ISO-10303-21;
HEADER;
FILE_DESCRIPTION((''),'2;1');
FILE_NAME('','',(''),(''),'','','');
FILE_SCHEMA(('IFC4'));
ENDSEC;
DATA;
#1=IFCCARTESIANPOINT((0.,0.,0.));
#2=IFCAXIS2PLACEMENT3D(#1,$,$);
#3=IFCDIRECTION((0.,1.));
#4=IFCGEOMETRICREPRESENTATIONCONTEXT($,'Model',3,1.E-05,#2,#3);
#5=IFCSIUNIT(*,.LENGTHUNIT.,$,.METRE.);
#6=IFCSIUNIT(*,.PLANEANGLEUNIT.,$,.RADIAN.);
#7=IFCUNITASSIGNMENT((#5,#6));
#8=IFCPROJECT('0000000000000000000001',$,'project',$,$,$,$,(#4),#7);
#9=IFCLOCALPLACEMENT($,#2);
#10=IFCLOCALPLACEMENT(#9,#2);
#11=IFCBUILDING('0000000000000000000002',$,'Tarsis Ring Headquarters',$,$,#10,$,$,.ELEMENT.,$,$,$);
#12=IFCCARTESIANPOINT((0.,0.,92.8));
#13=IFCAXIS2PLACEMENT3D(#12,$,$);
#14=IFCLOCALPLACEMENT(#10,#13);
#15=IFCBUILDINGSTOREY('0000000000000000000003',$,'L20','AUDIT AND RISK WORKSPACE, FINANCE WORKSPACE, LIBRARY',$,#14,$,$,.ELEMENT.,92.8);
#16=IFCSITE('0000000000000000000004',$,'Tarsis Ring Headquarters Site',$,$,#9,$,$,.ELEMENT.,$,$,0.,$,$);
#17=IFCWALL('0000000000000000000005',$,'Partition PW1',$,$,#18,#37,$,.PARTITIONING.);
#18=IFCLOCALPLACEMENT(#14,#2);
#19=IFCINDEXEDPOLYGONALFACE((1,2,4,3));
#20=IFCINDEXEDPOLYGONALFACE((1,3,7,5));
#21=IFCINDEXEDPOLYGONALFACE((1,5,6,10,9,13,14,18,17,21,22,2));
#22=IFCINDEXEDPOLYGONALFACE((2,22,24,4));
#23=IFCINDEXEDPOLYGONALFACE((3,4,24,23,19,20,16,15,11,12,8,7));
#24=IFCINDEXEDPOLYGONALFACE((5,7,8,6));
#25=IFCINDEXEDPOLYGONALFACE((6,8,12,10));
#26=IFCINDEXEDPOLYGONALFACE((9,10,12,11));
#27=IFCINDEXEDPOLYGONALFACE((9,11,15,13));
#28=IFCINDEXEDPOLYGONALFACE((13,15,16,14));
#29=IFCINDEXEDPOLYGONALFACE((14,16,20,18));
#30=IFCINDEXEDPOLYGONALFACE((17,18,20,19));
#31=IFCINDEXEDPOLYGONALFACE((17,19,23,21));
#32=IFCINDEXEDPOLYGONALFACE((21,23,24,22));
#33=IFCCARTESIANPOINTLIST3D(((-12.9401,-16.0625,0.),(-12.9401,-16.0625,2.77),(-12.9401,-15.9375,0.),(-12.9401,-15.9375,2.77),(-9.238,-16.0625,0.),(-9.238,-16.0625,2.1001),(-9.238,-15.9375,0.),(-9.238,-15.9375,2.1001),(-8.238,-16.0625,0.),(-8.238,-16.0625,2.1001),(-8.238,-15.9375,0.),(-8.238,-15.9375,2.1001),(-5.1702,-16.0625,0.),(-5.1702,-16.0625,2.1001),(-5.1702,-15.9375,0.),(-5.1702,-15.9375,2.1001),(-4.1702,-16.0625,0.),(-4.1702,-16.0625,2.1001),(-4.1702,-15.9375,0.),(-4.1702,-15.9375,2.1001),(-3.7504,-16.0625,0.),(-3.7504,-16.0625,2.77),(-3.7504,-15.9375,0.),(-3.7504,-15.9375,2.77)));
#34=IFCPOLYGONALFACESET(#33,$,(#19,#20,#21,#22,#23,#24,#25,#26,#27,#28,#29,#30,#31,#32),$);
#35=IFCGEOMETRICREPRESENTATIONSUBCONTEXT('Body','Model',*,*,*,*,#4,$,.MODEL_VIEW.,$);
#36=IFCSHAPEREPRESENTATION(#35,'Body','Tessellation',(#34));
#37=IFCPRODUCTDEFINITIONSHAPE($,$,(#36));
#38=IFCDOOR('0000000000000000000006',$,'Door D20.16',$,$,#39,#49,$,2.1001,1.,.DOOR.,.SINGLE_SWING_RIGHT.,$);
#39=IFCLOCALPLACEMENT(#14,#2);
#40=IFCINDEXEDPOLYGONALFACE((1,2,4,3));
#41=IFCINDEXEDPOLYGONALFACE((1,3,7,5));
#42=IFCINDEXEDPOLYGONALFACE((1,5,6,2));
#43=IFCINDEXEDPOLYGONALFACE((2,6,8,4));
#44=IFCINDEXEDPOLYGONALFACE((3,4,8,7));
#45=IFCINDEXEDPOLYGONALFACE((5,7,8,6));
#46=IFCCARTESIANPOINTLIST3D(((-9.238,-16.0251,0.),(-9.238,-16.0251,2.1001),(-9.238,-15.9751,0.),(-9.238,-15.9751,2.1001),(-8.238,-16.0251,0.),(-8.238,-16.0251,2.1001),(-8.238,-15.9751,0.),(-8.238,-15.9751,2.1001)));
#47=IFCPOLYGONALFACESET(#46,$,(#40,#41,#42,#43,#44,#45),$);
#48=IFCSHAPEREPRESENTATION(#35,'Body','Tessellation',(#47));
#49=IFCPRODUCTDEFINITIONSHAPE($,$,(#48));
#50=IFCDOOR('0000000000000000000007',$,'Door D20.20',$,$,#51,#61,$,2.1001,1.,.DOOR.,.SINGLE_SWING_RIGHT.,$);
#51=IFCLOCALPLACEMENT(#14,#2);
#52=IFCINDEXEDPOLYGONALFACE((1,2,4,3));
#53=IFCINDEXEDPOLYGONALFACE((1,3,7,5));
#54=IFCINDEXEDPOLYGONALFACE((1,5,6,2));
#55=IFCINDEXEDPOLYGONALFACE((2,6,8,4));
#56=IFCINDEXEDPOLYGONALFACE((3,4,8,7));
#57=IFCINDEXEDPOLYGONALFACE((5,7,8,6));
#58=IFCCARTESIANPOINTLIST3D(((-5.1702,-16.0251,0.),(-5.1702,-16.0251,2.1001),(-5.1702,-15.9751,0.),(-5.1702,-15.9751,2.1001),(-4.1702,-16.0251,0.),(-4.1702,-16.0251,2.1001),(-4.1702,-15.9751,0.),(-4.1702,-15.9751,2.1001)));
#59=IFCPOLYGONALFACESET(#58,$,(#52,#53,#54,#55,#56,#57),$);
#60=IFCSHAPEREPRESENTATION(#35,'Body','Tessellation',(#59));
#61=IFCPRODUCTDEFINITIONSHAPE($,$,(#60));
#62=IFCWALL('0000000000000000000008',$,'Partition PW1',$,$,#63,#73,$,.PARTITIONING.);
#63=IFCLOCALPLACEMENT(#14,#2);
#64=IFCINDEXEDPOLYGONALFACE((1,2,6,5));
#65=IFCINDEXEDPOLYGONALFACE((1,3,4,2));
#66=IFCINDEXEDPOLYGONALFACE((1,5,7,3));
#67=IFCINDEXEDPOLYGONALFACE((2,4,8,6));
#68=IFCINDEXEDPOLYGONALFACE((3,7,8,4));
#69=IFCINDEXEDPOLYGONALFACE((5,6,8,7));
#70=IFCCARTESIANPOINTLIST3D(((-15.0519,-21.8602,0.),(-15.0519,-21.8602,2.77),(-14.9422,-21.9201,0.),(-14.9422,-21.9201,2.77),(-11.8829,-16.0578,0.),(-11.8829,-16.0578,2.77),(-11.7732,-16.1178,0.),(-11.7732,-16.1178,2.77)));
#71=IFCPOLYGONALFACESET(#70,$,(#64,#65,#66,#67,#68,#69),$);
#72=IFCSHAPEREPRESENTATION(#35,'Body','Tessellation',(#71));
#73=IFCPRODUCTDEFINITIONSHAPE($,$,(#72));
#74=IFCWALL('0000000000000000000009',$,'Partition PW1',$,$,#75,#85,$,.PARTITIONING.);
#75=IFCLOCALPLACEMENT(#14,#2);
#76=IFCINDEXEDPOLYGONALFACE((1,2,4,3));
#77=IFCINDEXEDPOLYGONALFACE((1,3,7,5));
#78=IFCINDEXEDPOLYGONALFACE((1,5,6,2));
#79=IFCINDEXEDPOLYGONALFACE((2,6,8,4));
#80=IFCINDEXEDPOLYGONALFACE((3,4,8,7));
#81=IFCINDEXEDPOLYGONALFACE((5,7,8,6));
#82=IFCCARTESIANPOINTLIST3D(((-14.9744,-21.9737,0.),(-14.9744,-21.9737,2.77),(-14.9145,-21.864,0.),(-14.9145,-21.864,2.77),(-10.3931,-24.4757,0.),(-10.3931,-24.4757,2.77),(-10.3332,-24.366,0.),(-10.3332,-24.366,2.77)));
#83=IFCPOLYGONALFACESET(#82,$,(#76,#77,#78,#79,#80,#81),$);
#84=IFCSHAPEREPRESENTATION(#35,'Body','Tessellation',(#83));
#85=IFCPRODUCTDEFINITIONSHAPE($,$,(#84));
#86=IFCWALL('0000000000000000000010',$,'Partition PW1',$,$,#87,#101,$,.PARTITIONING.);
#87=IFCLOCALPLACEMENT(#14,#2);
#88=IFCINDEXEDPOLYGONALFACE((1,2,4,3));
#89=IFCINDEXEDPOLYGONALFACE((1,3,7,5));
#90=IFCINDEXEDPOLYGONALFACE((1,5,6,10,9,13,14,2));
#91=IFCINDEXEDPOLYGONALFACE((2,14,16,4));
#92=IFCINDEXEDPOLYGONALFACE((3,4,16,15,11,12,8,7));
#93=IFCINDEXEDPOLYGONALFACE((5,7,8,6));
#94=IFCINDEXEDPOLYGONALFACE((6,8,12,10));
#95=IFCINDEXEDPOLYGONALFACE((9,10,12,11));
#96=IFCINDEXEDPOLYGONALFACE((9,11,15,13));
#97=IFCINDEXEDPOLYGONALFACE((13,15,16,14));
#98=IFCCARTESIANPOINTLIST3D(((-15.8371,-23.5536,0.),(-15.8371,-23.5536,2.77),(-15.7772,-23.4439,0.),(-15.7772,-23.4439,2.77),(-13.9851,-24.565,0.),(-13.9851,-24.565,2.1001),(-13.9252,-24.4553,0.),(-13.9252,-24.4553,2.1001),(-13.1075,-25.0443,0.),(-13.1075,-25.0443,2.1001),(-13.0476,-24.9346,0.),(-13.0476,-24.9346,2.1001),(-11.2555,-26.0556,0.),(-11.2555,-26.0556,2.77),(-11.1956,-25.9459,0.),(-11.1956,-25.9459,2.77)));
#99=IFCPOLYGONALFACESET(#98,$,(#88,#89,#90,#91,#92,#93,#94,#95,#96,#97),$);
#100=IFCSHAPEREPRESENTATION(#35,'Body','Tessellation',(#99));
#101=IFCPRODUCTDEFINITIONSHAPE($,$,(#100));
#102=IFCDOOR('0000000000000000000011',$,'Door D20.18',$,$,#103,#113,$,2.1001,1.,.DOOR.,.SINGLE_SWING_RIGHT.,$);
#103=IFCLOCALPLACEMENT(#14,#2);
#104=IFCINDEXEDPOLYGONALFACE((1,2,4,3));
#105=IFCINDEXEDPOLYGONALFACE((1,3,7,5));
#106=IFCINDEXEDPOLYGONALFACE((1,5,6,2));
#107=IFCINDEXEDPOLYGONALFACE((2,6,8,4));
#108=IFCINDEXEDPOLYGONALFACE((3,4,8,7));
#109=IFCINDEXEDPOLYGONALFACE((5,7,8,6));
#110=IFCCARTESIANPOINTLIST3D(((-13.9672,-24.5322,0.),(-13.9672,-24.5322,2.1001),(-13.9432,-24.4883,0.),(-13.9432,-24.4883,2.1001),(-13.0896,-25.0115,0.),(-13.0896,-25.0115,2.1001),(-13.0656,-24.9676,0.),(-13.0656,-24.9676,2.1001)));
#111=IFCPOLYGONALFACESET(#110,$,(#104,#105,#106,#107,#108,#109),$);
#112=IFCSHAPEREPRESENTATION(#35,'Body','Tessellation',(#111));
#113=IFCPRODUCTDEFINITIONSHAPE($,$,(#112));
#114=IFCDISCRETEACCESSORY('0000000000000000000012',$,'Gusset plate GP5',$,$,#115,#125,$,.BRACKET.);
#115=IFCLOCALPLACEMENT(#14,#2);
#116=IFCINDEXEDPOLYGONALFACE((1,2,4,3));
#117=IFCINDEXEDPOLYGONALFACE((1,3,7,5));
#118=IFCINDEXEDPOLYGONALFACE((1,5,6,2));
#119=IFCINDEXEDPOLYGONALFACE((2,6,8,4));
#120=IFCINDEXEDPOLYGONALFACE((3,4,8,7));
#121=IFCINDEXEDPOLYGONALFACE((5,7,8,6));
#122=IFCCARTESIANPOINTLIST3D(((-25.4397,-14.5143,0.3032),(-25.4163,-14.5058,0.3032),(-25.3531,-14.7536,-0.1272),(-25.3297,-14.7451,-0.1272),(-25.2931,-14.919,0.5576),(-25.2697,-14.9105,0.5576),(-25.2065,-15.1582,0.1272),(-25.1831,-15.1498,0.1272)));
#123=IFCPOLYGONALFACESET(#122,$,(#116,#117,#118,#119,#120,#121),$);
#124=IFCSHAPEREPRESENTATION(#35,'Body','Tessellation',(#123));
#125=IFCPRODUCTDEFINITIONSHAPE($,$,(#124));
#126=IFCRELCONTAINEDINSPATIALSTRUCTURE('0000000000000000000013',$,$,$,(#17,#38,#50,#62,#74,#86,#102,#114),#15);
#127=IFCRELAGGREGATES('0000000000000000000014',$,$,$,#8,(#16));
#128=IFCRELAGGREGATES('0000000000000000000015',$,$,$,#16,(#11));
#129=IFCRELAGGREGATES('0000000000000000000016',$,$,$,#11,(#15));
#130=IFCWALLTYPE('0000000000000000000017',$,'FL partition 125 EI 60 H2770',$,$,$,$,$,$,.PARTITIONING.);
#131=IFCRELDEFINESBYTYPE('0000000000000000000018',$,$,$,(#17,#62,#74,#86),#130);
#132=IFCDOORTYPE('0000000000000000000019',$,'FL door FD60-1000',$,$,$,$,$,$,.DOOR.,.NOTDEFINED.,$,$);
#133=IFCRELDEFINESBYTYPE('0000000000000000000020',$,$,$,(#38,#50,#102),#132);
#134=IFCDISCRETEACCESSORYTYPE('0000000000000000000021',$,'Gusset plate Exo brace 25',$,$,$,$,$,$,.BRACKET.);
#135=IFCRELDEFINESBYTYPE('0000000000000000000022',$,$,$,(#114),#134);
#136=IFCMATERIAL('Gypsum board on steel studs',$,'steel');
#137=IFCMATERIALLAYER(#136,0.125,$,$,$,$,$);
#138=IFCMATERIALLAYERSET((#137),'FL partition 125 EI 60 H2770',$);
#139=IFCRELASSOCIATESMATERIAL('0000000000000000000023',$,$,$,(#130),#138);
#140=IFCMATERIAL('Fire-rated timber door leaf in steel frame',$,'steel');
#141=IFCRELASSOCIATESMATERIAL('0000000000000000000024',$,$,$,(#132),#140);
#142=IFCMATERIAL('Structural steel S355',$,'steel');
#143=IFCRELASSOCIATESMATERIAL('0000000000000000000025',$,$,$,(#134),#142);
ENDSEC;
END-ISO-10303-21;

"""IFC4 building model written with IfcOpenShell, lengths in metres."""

from ifc_helpers import new_model, si_unit, direction, frame, frame_2d, origin, origin_2d, place, context, subcontext, project, spatial, rectangle, extrude, material, layer, layer_set, material_profile, profile_set, type_object, element, fill, save


model = new_model("IFC4")

# Units and contexts
model_context = context("Model", 3, precision=1e-05, world=origin(), true_north=direction((0.0, 1.0)))
body_context = subcontext(model_context, "Body", "Model", "MODEL_VIEW")
ifc_project = project(units=[si_unit("LENGTHUNIT", "METRE"), si_unit("PLANEANGLEUNIT", "RADIAN")], contexts=[model_context])

# Site, building, storey
site_placement = place(None, origin())
site = spatial("IfcSite", under=ifc_project, at=site_placement, Name="Tarsis Ring Headquarters Site", CompositionType="ELEMENT", RefElevation=0.0)
building_placement = place(site_placement, origin())
building = spatial("IfcBuilding", under=site, at=building_placement, Name="Tarsis Ring Headquarters", CompositionType="ELEMENT")
storey_placement = place(building_placement, frame((0.0, 0.0, 92.8)))
storey = spatial("IfcBuildingStorey", under=building, at=storey_placement, Name="L20", Description="AUDIT AND RISK WORKSPACE, FINANCE WORKSPACE, LIBRARY", CompositionType="ELEMENT", Elevation=92.8)

# Shared definitions
ifc_material_1 = material(Name="Structural steel S355", Category="steel")

# Shared definitions
ifc_material_2 = material(Name="Gypsum board on steel studs", Category="steel")

# Wall, openings, doors
ifc_layer_1 = layer(ifc_material_2, 0.125)
ifc_layer_set_1 = layer_set([ifc_layer_1], Name="FL partition 125 EI 60 H2770")
wall_type_1 = type_object("IfcWallType", Name="FL partition 125 EI 60 H2770", PredefinedType="PARTITIONING", material=ifc_layer_set_1)
ifc_material_3 = material(Name="Fire-rated timber door leaf in steel frame", Category="steel")
door_type_1 = type_object("IfcDoorType", Name="FL door FD60-1000", OperationType="NOTDEFINED", PredefinedType="DOOR", material=ifc_material_3)
wall_1_placement = place(storey_placement, frame((-12.9399, -16.0, 0.0), z_axis=(0.0, 0.0, 1.0), x_axis=(1.0, 0.0, 0.0)))
wall_1 = element("IfcWall", 1, at=wall_1_placement, inside=storey, type_object=wall_type_1, Name="Partition PW1", PredefinedType="PARTITIONING", context=body_context, shape_type="SweptSolid", body=[
    extrude(rectangle(XDim=9.1897, YDim=0.125, at=frame_2d((4.5947, 0.0))), origin(), (0.0, 0.0, 1.0), 2.77),
])
opening_1_placement = place(wall_1_placement, frame((3.7019, 0.0, 0.0)))
opening_1 = element("IfcOpeningElement", 2, at=opening_1_placement, cuts=wall_1, PredefinedType="OPENING", context=body_context, shape_type="SweptSolid", body=[
    extrude(rectangle(XDim=1.0, YDim=2.1001, at=frame_2d((0.5, 1.05))), frame((0.0, 0.0725, 0.0), z_axis=(0.0, -1.0, 0.0), x_axis=(1.0, 0.0, 0.0)), (0.0, 0.0, 1.0), 0.145),
])
opening_2_placement = place(wall_1_placement, frame((7.7698, 0.0, 0.0)))
opening_2 = element("IfcOpeningElement", 3, at=opening_2_placement, cuts=wall_1, PredefinedType="OPENING", context=body_context, shape_type="SweptSolid", body=[
    extrude(rectangle(XDim=1.0, YDim=2.1001, at=frame_2d((0.5, 1.05))), frame((0.0, 0.0725, 0.0), z_axis=(0.0, -1.0, 0.0), x_axis=(1.0, 0.0, 0.0)), (0.0, 0.0, 1.0), 0.145),
])
door_1_placement = place(opening_1_placement, origin())
door_1 = element("IfcDoor", 4, at=door_1_placement, inside=storey, type_object=door_type_1, Name="Door D20.16", OperationType="SINGLE_SWING_RIGHT", OverallHeight=2.1001, OverallWidth=1.0, PredefinedType="DOOR", context=body_context, shape_type="SweptSolid", body=[
    extrude(rectangle(XDim=1.0, YDim=2.1001, at=frame_2d((0.5, 1.05))), frame((0.0, 0.0249, 0.0), z_axis=(0.0, -1.0, 0.0), x_axis=(1.0, 0.0, 0.0)), (0.0, 0.0, 1.0), 0.05),
])
fill(opening_1, door_1)
door_2_placement = place(opening_2_placement, origin())
door_2 = element("IfcDoor", 5, at=door_2_placement, inside=storey, type_object=door_type_1, Name="Door D20.20", OperationType="SINGLE_SWING_RIGHT", OverallHeight=2.1001, OverallWidth=1.0, PredefinedType="DOOR", context=body_context, shape_type="SweptSolid", body=[
    extrude(rectangle(XDim=1.0, YDim=2.1001, at=frame_2d((0.5, 1.05))), frame((0.0, 0.0249, 0.0), z_axis=(0.0, -1.0, 0.0), x_axis=(1.0, 0.0, 0.0)), (0.0, 0.0, 1.0), 0.05),
])
fill(opening_2, door_2)

# Walls
wall_2_placement = place(storey_placement, frame((-14.9971, -21.8901, 0.0), z_axis=(0.0, 0.0, 1.0), x_axis=(0.479328, 0.877636, 0.0)))
element("IfcWall", 6, at=wall_2_placement, inside=storey, type_object=wall_type_1, Name="Partition PW1", PredefinedType="PARTITIONING", context=body_context, shape_type="SweptSolid", body=[
    extrude(rectangle(XDim=6.6113, YDim=0.125, at=frame_2d((3.3057, 0.0))), origin(), (0.0, 0.0, 1.0), 2.77),
])
wall_3_placement = place(storey_placement, frame((-14.9443, -21.9189, 0.0), z_axis=(0.0, 0.0, 1.0), x_axis=(0.877649, -0.479304, 0.0)))
element("IfcWall", 7, at=wall_3_placement, inside=storey, type_object=wall_type_1, Name="Partition PW1", PredefinedType="PARTITIONING", context=body_context, shape_type="SweptSolid", body=[
    extrude(rectangle(XDim=5.22, YDim=0.125, at=frame_2d((2.6099, 0.0))), origin(), (0.0, 0.0, 1.0), 2.77),
])

# Wall, opening, door
wall_4_placement = place(storey_placement, frame((-15.8071, -23.4988, 0.0), z_axis=(0.0, 0.0, 1.0), x_axis=(0.87766, -0.479285, 0.0)))
wall_4 = element("IfcWall", 8, at=wall_4_placement, inside=storey, type_object=wall_type_1, Name="Partition PW1", PredefinedType="PARTITIONING", context=body_context, shape_type="SweptSolid", body=[
    extrude(rectangle(XDim=5.2202, YDim=0.125, at=frame_2d((2.6101, 0.0))), origin(), (0.0, 0.0, 1.0), 2.77),
])
opening_3_placement = place(wall_4_placement, frame((2.1101, 0.0, 0.0)))
opening_3 = element("IfcOpeningElement", 9, at=opening_3_placement, cuts=wall_4, PredefinedType="OPENING", context=body_context, shape_type="SweptSolid", body=[
    extrude(rectangle(XDim=1.0, YDim=2.1001, at=frame_2d((0.5, 1.05))), frame((0.0, 0.0725, 0.0), z_axis=(0.0, -1.0, 0.0), x_axis=(1.0, 0.0, 0.0)), (0.0, 0.0, 1.0), 0.145),
])
door_3_placement = place(opening_3_placement, origin())
door_3 = element("IfcDoor", 10, at=door_3_placement, inside=storey, type_object=door_type_1, Name="Door D20.18", OperationType="SINGLE_SWING_RIGHT", OverallHeight=2.1001, OverallWidth=1.0, PredefinedType="DOOR", context=body_context, shape_type="SweptSolid", body=[
    extrude(rectangle(XDim=1.0, YDim=2.1001, at=frame_2d((0.5, 1.05))), frame((0.0, 0.0249, 0.0), z_axis=(0.0, -1.0, 0.0), x_axis=(1.0, 0.0, 0.0)), (0.0, 0.0, 1.0), 0.05),
])
fill(opening_3, door_3)

# Discrete accessory
ifc_material_profile_1 = material_profile(ifc_material_1, rectangle(XDim=0.0249, YDim=0.5, at=origin_2d()), Name="PL 25x500")
ifc_profile_set_1 = profile_set([ifc_material_profile_1], Name="Structural steel S355")
discrete_accessory_type = type_object("IfcDiscreteAccessoryType", Name="Gusset plate Exo brace 25", PredefinedType="BRACKET", material=ifc_profile_set_1)
discrete_accessory_placement = place(storey_placement, frame((-25.2681, -14.9517, 0.0), z_axis=(-0.173334, 0.478499, 0.86081), x_axis=(-0.940213, -0.340587, 0.0)))
element("IfcDiscreteAccessory", 11, at=discrete_accessory_placement, inside=storey, type_object=discrete_accessory_type, Name="Gusset plate GP5", PredefinedType="BRACKET", context=body_context, shape_type="SweptSolid", body=[
    extrude(rectangle(XDim=0.0249, YDim=0.5, at=origin_2d()), origin(), (0.0, 0.0, 1.0), 0.5),
])

save(model, "model.ifc")
